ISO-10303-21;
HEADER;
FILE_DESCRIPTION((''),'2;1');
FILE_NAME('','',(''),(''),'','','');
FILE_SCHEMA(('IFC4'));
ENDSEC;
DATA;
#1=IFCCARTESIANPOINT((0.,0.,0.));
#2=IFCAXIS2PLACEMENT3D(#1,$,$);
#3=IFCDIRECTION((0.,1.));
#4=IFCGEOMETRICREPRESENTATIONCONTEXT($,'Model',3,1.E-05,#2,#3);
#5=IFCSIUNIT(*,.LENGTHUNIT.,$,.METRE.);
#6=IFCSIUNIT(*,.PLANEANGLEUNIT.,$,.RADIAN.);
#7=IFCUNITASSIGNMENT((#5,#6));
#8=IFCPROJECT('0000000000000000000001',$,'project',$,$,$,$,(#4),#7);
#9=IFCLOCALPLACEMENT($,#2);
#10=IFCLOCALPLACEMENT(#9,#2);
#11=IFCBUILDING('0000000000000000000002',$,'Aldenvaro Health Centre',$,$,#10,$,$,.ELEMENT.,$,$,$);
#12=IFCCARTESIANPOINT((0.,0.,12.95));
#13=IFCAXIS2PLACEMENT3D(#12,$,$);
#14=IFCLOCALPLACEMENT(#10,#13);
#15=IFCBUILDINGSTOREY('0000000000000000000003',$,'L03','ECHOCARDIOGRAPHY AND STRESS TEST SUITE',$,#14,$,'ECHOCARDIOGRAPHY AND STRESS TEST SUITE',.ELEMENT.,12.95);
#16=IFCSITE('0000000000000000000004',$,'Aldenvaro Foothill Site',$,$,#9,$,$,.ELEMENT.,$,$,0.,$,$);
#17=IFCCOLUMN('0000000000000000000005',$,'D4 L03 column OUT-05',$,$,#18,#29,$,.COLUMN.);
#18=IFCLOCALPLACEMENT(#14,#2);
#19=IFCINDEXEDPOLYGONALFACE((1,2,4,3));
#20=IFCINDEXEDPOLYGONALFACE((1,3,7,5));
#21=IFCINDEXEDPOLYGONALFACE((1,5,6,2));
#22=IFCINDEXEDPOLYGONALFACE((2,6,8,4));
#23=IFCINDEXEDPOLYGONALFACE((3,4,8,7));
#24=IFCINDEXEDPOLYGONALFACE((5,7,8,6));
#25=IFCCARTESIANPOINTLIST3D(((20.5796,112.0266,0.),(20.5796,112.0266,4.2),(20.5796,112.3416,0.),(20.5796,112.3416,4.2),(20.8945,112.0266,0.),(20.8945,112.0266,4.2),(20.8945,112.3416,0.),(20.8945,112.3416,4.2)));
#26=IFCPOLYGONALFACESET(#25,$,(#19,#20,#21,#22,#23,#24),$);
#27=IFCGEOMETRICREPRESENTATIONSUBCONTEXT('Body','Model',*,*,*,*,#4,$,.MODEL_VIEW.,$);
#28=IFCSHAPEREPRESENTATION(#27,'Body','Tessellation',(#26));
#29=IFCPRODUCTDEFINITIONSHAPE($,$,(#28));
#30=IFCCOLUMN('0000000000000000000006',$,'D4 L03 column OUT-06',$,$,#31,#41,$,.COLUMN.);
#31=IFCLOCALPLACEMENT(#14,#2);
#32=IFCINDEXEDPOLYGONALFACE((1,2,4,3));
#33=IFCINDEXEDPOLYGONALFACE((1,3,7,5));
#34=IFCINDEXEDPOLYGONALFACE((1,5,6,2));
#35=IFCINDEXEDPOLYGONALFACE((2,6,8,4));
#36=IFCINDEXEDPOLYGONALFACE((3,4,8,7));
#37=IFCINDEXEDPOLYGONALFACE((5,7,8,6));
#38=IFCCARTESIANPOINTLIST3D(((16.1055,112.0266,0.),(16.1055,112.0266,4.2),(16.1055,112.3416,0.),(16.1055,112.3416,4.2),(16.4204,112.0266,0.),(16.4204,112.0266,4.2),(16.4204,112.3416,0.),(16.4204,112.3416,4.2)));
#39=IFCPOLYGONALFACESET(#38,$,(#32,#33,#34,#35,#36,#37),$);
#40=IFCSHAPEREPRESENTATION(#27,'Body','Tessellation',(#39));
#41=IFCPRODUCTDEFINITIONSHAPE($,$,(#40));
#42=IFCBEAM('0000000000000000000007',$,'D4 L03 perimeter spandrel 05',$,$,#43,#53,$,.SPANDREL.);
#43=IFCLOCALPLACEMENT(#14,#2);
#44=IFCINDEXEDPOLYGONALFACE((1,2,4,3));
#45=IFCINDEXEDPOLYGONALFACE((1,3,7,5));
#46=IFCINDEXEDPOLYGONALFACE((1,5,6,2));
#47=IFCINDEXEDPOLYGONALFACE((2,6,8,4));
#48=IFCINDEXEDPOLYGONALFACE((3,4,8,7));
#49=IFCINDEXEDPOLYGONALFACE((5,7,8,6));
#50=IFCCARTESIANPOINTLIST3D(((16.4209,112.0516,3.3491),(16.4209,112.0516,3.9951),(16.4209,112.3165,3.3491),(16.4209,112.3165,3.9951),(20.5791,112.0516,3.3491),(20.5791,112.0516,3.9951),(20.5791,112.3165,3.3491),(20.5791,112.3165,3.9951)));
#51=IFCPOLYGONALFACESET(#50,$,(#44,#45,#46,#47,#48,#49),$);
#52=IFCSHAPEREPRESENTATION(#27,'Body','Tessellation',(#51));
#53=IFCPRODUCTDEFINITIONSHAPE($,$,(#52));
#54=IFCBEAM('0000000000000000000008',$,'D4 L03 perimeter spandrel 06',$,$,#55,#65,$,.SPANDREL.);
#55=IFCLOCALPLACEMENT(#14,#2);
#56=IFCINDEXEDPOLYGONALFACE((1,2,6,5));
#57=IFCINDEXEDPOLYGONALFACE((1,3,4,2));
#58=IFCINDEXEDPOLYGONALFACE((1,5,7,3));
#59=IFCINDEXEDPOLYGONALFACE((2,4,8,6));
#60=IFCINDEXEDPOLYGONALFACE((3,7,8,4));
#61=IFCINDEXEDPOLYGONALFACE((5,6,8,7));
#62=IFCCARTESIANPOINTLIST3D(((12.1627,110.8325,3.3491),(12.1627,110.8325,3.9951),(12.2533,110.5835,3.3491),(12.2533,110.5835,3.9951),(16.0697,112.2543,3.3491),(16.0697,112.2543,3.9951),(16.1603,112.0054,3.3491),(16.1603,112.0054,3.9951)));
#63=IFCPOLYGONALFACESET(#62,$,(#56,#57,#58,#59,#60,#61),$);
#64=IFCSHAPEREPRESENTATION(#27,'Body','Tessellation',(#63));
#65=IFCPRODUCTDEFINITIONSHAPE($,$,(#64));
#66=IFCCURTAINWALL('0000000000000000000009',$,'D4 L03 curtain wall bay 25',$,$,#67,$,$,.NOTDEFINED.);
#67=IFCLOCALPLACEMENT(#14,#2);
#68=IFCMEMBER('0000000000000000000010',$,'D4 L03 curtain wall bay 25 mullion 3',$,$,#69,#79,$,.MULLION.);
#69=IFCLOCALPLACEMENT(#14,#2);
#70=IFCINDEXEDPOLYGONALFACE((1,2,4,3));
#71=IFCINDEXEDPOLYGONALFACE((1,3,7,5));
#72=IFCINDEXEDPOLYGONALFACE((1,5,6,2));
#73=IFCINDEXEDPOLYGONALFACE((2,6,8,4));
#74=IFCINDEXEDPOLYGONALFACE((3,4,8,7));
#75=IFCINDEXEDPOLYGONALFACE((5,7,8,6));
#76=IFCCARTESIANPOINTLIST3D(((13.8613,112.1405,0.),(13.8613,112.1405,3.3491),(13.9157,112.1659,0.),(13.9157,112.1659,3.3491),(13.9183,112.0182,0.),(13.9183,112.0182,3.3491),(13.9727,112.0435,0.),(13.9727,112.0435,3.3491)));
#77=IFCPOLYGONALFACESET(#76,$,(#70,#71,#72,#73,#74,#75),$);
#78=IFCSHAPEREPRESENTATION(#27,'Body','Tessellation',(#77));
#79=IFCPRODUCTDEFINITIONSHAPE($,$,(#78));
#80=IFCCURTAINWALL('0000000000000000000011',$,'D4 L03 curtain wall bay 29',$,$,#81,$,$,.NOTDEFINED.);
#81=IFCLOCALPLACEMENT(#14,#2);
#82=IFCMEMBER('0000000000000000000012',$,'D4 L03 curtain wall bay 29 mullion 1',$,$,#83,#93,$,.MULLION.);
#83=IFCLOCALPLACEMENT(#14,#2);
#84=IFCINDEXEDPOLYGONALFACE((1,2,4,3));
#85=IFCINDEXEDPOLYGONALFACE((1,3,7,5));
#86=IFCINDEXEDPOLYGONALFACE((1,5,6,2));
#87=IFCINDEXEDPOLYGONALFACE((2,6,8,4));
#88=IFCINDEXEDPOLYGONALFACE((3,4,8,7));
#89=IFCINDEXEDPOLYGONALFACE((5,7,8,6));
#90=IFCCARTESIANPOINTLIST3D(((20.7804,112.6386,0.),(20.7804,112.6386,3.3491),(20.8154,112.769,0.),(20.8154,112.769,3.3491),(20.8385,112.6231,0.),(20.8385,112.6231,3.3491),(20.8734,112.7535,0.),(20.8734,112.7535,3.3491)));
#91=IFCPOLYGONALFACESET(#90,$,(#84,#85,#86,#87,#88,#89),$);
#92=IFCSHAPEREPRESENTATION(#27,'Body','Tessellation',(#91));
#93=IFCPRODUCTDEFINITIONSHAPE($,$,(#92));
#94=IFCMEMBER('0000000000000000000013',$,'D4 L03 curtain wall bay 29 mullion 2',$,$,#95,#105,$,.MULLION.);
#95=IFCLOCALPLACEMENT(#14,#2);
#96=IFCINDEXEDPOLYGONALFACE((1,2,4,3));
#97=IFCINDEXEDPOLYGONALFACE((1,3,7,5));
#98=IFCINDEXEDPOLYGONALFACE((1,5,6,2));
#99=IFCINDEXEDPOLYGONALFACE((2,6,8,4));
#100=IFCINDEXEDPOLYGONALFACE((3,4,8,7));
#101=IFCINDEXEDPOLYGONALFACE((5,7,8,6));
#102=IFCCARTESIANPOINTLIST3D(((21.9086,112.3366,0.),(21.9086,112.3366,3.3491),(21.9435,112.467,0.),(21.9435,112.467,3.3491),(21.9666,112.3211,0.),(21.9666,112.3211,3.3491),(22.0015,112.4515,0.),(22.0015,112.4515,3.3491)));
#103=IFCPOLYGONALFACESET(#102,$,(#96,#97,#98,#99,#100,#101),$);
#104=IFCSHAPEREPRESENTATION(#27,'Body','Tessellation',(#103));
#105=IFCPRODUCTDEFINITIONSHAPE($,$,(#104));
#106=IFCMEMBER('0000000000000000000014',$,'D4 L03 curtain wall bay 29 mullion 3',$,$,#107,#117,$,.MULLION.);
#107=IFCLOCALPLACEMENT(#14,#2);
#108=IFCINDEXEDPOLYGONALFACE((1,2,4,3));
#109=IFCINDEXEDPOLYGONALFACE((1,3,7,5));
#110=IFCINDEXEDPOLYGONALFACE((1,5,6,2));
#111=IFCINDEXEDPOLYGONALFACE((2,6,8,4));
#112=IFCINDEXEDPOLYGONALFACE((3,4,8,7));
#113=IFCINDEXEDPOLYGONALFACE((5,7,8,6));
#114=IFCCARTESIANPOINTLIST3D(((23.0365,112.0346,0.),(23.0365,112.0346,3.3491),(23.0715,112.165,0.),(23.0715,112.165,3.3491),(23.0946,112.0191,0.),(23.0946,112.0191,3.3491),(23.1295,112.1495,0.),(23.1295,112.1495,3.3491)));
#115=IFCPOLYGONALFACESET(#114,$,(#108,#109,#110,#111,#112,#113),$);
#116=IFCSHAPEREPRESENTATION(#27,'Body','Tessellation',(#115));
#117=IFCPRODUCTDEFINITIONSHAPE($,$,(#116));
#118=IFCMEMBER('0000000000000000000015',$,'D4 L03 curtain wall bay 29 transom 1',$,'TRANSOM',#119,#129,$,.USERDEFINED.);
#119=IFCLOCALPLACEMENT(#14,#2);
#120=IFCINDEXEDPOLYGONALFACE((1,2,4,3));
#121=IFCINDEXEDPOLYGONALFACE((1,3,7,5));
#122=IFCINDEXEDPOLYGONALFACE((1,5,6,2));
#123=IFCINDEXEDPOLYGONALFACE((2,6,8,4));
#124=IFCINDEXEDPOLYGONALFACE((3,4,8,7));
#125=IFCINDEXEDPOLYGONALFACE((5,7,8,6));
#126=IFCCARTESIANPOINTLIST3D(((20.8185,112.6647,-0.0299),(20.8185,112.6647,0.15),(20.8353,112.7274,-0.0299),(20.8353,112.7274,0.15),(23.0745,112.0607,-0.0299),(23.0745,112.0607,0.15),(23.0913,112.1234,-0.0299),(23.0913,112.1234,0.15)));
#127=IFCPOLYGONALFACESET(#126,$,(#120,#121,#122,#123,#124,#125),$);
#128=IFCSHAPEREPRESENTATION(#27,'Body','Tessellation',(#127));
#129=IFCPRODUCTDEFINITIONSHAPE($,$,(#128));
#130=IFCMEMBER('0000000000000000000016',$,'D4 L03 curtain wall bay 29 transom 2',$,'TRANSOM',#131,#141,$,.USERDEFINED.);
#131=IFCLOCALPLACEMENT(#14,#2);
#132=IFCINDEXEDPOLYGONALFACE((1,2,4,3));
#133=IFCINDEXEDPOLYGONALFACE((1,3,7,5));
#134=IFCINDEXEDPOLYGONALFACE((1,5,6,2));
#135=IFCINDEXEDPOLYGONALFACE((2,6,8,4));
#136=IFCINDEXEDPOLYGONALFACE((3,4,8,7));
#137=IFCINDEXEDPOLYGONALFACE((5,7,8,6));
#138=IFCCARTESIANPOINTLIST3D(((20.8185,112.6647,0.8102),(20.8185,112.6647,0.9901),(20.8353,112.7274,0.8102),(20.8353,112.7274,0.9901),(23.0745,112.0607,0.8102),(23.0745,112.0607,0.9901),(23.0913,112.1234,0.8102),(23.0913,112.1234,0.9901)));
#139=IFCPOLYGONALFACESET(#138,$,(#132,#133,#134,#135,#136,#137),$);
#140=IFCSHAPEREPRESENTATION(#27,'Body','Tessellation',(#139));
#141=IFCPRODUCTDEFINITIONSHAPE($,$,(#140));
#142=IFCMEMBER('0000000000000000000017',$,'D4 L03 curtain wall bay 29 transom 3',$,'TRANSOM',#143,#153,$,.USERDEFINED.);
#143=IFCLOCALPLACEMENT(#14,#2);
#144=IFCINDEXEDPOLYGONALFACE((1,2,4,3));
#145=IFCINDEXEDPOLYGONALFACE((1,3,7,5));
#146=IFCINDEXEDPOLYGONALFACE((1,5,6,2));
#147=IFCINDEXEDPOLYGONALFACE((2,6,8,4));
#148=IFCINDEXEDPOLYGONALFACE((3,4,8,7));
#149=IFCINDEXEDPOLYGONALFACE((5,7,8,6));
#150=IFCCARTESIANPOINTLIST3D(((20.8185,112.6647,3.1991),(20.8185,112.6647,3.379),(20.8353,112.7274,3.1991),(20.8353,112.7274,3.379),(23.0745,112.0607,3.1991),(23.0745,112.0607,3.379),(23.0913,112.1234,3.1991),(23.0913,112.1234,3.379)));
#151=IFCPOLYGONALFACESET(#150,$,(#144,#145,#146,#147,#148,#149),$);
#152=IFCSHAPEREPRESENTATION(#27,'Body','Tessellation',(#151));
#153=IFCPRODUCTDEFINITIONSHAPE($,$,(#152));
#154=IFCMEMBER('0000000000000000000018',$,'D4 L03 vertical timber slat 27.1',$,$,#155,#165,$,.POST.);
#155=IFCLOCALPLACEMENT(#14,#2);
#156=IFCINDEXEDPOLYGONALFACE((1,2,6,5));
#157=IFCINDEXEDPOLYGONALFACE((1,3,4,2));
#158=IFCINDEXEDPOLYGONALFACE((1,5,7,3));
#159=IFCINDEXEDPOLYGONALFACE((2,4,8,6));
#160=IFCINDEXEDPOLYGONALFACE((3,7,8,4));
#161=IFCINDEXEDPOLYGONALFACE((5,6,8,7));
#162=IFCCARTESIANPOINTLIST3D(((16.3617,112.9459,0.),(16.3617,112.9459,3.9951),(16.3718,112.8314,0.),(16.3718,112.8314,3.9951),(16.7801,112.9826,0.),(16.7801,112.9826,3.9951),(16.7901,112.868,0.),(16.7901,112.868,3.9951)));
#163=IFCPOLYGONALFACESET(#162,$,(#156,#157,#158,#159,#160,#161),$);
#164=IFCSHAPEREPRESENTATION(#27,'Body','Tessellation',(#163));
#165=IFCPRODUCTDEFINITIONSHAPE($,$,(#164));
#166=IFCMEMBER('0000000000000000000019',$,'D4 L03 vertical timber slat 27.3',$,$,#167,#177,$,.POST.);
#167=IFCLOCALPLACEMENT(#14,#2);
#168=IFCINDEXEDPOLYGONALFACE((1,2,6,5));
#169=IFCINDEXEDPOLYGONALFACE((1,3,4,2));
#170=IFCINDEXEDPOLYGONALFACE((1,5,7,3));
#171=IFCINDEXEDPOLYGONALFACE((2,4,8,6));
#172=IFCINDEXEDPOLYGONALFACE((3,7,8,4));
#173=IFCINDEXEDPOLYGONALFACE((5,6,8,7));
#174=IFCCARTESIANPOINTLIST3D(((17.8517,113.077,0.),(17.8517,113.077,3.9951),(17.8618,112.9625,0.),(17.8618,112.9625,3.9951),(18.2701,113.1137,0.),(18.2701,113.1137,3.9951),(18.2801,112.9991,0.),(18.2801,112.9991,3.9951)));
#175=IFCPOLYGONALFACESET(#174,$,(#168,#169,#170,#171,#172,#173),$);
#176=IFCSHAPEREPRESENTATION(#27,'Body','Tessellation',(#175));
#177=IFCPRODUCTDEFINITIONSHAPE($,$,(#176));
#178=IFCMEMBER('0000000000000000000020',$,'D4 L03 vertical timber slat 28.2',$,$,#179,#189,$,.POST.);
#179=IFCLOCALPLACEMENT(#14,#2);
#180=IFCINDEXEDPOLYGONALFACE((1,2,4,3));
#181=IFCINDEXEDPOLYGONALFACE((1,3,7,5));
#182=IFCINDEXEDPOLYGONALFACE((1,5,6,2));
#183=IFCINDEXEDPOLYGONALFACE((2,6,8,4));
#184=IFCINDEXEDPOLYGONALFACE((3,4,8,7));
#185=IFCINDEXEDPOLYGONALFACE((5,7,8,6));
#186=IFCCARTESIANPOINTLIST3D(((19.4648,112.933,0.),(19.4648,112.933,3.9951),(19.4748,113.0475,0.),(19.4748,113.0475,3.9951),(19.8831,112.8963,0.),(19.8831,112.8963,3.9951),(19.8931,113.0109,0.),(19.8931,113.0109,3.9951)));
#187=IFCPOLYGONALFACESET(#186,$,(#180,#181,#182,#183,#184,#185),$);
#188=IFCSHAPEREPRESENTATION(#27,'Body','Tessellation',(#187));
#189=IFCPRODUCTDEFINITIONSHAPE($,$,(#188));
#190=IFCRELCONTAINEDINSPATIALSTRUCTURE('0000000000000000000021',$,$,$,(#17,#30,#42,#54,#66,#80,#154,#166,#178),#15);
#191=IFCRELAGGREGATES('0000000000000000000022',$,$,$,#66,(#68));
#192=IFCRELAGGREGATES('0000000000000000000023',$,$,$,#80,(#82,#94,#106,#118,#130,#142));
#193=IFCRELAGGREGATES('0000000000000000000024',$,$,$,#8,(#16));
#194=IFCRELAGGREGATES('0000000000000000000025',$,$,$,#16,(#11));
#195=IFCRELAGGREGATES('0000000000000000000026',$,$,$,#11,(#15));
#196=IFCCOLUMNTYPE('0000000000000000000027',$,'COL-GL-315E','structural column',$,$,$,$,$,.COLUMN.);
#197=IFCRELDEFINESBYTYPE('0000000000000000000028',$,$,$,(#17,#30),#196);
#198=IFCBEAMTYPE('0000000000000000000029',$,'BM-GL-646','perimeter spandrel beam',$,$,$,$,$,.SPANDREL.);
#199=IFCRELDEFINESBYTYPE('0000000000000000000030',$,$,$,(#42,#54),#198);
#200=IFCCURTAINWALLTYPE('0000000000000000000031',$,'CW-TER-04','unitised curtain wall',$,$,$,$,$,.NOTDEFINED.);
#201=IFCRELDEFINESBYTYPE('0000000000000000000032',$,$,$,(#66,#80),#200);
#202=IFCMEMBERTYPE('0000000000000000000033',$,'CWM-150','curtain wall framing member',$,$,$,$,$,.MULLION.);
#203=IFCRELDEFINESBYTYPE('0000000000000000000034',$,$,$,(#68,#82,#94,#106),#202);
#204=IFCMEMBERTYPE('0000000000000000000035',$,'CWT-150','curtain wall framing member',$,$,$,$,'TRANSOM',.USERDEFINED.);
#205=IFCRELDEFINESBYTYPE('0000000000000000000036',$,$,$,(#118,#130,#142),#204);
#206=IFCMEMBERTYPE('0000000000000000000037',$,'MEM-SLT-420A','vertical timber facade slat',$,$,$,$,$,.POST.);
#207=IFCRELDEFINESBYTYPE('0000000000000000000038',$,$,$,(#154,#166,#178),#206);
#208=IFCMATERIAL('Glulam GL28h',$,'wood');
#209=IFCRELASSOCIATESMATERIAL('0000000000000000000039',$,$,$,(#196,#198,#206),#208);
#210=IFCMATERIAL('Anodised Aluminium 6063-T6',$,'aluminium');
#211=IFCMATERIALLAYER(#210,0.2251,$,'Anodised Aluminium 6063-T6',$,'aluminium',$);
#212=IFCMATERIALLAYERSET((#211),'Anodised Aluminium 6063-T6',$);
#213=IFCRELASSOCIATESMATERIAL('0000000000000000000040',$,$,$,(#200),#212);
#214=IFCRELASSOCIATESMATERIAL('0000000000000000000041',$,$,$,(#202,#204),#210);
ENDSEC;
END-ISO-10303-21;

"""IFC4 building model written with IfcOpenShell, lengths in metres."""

from ifc_helpers import new_model, si_unit, direction, frame, origin, origin_2d, place, context, subcontext, project, spatial, rectangle, extrude, material, layer, layer_set, material_profile, profile_set, type_object, element, aggregate, save


model = new_model("IFC4")

# Units and contexts
model_context = context("Model", 3, precision=1e-05, world=origin(), true_north=direction((0.0, 1.0)))
body_context = subcontext(model_context, "Body", "Model", "MODEL_VIEW")
ifc_project = project(units=[si_unit("LENGTHUNIT", "METRE"), si_unit("PLANEANGLEUNIT", "RADIAN")], contexts=[model_context])

# Site, building, storey
site_placement = place(None, origin())
site = spatial("IfcSite", under=ifc_project, at=site_placement, Name="Aldenvaro Foothill Site", CompositionType="ELEMENT", RefElevation=0.0)
building_placement = place(site_placement, origin())
building = spatial("IfcBuilding", under=site, at=building_placement, Name="Aldenvaro Health Centre", CompositionType="ELEMENT")
storey_placement = place(building_placement, frame((0.0, 0.0, 12.95)))
storey = spatial("IfcBuildingStorey", under=building, at=storey_placement, Name="L03", Description="ECHOCARDIOGRAPHY AND STRESS TEST SUITE", LongName="ECHOCARDIOGRAPHY AND STRESS TEST SUITE", CompositionType="ELEMENT", Elevation=12.95)

# Columns
ifc_material_1 = material(Name="Glulam GL28h", Category="wood")
ifc_material_profile_1 = material_profile(ifc_material_1, rectangle(XDim=0.3149, YDim=0.3149, at=origin_2d()), Name="GL 315x315", Category="wood")
ifc_profile_set_1 = profile_set([ifc_material_profile_1], Name="Glulam GL28h")
column_type = type_object("IfcColumnType", Name="COL-GL-315E", Description="structural column", PredefinedType="COLUMN", material=ifc_profile_set_1)
for number, where, z_axis, x_axis, name in (
    (1, (20.7371, 112.1841, 0.0), (0.0, 0.0, 1.0), (1.0, 0.0, 0.0), "D4 L03 column OUT-05"),
    (2, (16.2629, 112.1841, 0.0), (0.0, 0.0, 1.0), (1.0, 0.0, 0.0), "D4 L03 column OUT-06"),
):
    element("IfcColumn", number, at=place(storey_placement, frame(where, z_axis=z_axis, x_axis=x_axis)), inside=storey, type_object=column_type, Name=name, PredefinedType="COLUMN", context=body_context, shape_type="SweptSolid", body=[
        extrude(rectangle(XDim=0.3149, YDim=0.3149, at=origin_2d()), origin(), (0.0, 0.0, 1.0), 4.2),
    ])

# Beams
ifc_material_profile_2 = material_profile(ifc_material_1, rectangle(XDim=0.2649, YDim=0.646, at=origin_2d()), Name="GL 265x646", Category="wood")
ifc_profile_set_2 = profile_set([ifc_material_profile_2], Name="Glulam GL28h")
beam_type = type_object("IfcBeamType", Name="BM-GL-646", Description="perimeter spandrel beam", PredefinedType="SPANDREL", material=ifc_profile_set_2)
beam_1_placement = place(storey_placement, frame((20.5791, 112.1841, 3.6721), z_axis=(-1.0, 0.0, 0.0), x_axis=(0.0, -1.0, 0.0)))
element("IfcBeam", 3, at=beam_1_placement, inside=storey, type_object=beam_type, Name="D4 L03 perimeter spandrel 05", PredefinedType="SPANDREL", context=body_context, shape_type="SweptSolid", body=[
    extrude(rectangle(XDim=0.2649, YDim=0.646, at=origin_2d()), origin(), (0.0, 0.0, 1.0), 4.1582),
])
beam_2_placement = place(storey_placement, frame((16.115, 112.1299, 3.6721), z_axis=(-0.939704, -0.341988, 0.0), x_axis=(0.341988, -0.939704, 0.0)))
element("IfcBeam", 4, at=beam_2_placement, inside=storey, type_object=beam_type, Name="D4 L03 perimeter spandrel 06", PredefinedType="SPANDREL", context=body_context, shape_type="SweptSolid", body=[
    extrude(rectangle(XDim=0.2649, YDim=0.646, at=origin_2d()), origin(), (0.0, 0.0, 1.0), 4.1577),
])

# Curtain wall, member
ifc_material_2 = material(Name="Anodised Aluminium 6063-T6", Category="aluminium")
ifc_layer_1 = layer(ifc_material_2, 0.2251, Name="Anodised Aluminium 6063-T6", Category="aluminium")
ifc_layer_set_1 = layer_set([ifc_layer_1], Name="Anodised Aluminium 6063-T6")
curtain_wall_type = type_object("IfcCurtainWallType", Name="CW-TER-04", Description="unitised curtain wall", PredefinedType="NOTDEFINED", material=ifc_layer_set_1)
curtain_wall_1_placement = place(storey_placement, origin())
curtain_wall_1 = element("IfcCurtainWall", 5, at=curtain_wall_1_placement, inside=storey, type_object=curtain_wall_type, Name="D4 L03 curtain wall bay 25", PredefinedType="NOTDEFINED")
ifc_material_profile_3 = material_profile(ifc_material_2, rectangle(XDim=0.0601, YDim=0.135, at=origin_2d()), Name="ALU 60x135", Category="aluminium")
ifc_profile_set_3 = profile_set([ifc_material_profile_3], Name="Anodised Aluminium 6063-T6")
member_type_1 = type_object("IfcMemberType", Name="CWM-150", Description="curtain wall framing member", PredefinedType="MULLION", material=ifc_profile_set_3)
member_1_placement = place(storey_placement, frame((13.917, 112.092, 0.0), z_axis=(0.0, 0.0, 1.0), x_axis=(0.906336, 0.422557, 0.0)))
member_1 = element("IfcMember", 6, at=member_1_placement, type_object=member_type_1, Name="D4 L03 curtain wall bay 25 mullion 3", PredefinedType="MULLION", context=body_context, shape_type="SweptSolid", body=[
    extrude(rectangle(XDim=0.0601, YDim=0.135, at=origin_2d()), origin(), (0.0, 0.0, 1.0), 3.3491),
])

# Curtain wall, members
curtain_wall_2_placement = place(storey_placement, origin())
curtain_wall_2 = element("IfcCurtainWall", 7, at=curtain_wall_2_placement, inside=storey, type_object=curtain_wall_type, Name="D4 L03 curtain wall bay 29", PredefinedType="NOTDEFINED")
member_2_placement = place(storey_placement, frame((20.8269, 112.696, 0.0), z_axis=(0.0, 0.0, 1.0), x_axis=(0.965979, -0.258622, 0.0)))
member_2 = element("IfcMember", 8, at=member_2_placement, type_object=member_type_1, Name="D4 L03 curtain wall bay 29 mullion 1", PredefinedType="MULLION", context=body_context, shape_type="SweptSolid", body=[
    extrude(rectangle(XDim=0.0601, YDim=0.135, at=origin_2d()), origin(), (0.0, 0.0, 1.0), 3.3491),
])
member_3_placement = place(storey_placement, frame((21.9551, 112.394, 0.0), z_axis=(0.0, 0.0, 1.0), x_axis=(0.965979, -0.258622, 0.0)))
member_3 = element("IfcMember", 9, at=member_3_placement, type_object=member_type_1, Name="D4 L03 curtain wall bay 29 mullion 2", PredefinedType="MULLION", context=body_context, shape_type="SweptSolid", body=[
    extrude(rectangle(XDim=0.0601, YDim=0.135, at=origin_2d()), origin(), (0.0, 0.0, 1.0), 3.3491),
])
member_4_placement = place(storey_placement, frame((23.083, 112.092, 0.0), z_axis=(0.0, 0.0, 1.0), x_axis=(0.965979, -0.258622, 0.0)))
member_4 = element("IfcMember", 10, at=member_4_placement, type_object=member_type_1, Name="D4 L03 curtain wall bay 29 mullion 3", PredefinedType="MULLION", context=body_context, shape_type="SweptSolid", body=[
    extrude(rectangle(XDim=0.0601, YDim=0.135, at=origin_2d()), origin(), (0.0, 0.0, 1.0), 3.3491),
])
ifc_material_profile_4 = material_profile(ifc_material_2, rectangle(XDim=0.0649, YDim=0.1799, at=origin_2d()), Name="ALU 65x180", Category="aluminium")
ifc_profile_set_4 = profile_set([ifc_material_profile_4], Name="Anodised Aluminium 6063-T6")
member_type_2 = type_object("IfcMemberType", Name="CWT-150", Description="curtain wall framing member", ElementType="TRANSOM", PredefinedType="USERDEFINED", material=ifc_profile_set_4)
member_5_placement = place(storey_placement, frame((20.8269, 112.696, 0.0601), z_axis=(0.965981, -0.258612, 0.0), x_axis=(0.258612, 0.965981, 0.0)))
member_5 = element("IfcMember", 11, at=member_5_placement, type_object=member_type_2, Name="D4 L03 curtain wall bay 29 transom 1", ObjectType="TRANSOM", PredefinedType="USERDEFINED", context=body_context, shape_type="SweptSolid", body=[
    extrude(rectangle(XDim=0.0649, YDim=0.1799, at=origin_2d()), origin(), (0.0, 0.0, 1.0), 2.3354),
])
member_6_placement = place(storey_placement, frame((20.8269, 112.696, 0.9001), z_axis=(0.965981, -0.258612, 0.0), x_axis=(0.258612, 0.965981, 0.0)))
member_6 = element("IfcMember", 12, at=member_6_placement, type_object=member_type_2, Name="D4 L03 curtain wall bay 29 transom 2", ObjectType="TRANSOM", PredefinedType="USERDEFINED", context=body_context, shape_type="SweptSolid", body=[
    extrude(rectangle(XDim=0.0649, YDim=0.1799, at=origin_2d()), origin(), (0.0, 0.0, 1.0), 2.3354),
])
member_7_placement = place(storey_placement, frame((20.8269, 112.696, 3.2891), z_axis=(0.965981, -0.258612, 0.0), x_axis=(0.258612, 0.965981, 0.0)))
member_7 = element("IfcMember", 13, at=member_7_placement, type_object=member_type_2, Name="D4 L03 curtain wall bay 29 transom 3", ObjectType="TRANSOM", PredefinedType="USERDEFINED", context=body_context, shape_type="SweptSolid", body=[
    extrude(rectangle(XDim=0.0649, YDim=0.1799, at=origin_2d()), origin(), (0.0, 0.0, 1.0), 2.3354),
])

# Members
ifc_material_profile_5 = material_profile(ifc_material_1, rectangle(XDim=0.115, YDim=0.4199, at=origin_2d()), Name="GL 115x420", Category="wood")
ifc_profile_set_5 = profile_set([ifc_material_profile_5], Name="Glulam GL28h")
member_type_3 = type_object("IfcMemberType", Name="MEM-SLT-420A", Description="vertical timber facade slat", PredefinedType="POST", material=ifc_profile_set_5)
for number, where, z_axis, x_axis, name in (
    (14, (16.5759, 112.907, 0.0), (0.0, 0.0, 1.0), (-0.087332, 0.996179, 0.0), "D4 L03 vertical timber slat 27.1"),
    (15, (18.0659, 113.0381, 0.0), (0.0, 0.0, 1.0), (-0.087332, 0.996179, 0.0), "D4 L03 vertical timber slat 27.3"),
    (16, (19.679, 112.9719, 0.0), (0.0, 0.0, 1.0), (0.087332, 0.996179, 0.0), "D4 L03 vertical timber slat 28.2"),
):
    element("IfcMember", number, at=place(storey_placement, frame(where, z_axis=z_axis, x_axis=x_axis)), inside=storey, type_object=member_type_3, Name=name, PredefinedType="POST", context=body_context, shape_type="SweptSolid", body=[
        extrude(rectangle(XDim=0.115, YDim=0.4199, at=origin_2d()), origin(), (0.0, 0.0, 1.0), 3.9951),
    ])

aggregate(curtain_wall_1, [member_1])
aggregate(curtain_wall_2, [member_2, member_3, member_4, member_5, member_6, member_7])

save(model, "model.ifc")
